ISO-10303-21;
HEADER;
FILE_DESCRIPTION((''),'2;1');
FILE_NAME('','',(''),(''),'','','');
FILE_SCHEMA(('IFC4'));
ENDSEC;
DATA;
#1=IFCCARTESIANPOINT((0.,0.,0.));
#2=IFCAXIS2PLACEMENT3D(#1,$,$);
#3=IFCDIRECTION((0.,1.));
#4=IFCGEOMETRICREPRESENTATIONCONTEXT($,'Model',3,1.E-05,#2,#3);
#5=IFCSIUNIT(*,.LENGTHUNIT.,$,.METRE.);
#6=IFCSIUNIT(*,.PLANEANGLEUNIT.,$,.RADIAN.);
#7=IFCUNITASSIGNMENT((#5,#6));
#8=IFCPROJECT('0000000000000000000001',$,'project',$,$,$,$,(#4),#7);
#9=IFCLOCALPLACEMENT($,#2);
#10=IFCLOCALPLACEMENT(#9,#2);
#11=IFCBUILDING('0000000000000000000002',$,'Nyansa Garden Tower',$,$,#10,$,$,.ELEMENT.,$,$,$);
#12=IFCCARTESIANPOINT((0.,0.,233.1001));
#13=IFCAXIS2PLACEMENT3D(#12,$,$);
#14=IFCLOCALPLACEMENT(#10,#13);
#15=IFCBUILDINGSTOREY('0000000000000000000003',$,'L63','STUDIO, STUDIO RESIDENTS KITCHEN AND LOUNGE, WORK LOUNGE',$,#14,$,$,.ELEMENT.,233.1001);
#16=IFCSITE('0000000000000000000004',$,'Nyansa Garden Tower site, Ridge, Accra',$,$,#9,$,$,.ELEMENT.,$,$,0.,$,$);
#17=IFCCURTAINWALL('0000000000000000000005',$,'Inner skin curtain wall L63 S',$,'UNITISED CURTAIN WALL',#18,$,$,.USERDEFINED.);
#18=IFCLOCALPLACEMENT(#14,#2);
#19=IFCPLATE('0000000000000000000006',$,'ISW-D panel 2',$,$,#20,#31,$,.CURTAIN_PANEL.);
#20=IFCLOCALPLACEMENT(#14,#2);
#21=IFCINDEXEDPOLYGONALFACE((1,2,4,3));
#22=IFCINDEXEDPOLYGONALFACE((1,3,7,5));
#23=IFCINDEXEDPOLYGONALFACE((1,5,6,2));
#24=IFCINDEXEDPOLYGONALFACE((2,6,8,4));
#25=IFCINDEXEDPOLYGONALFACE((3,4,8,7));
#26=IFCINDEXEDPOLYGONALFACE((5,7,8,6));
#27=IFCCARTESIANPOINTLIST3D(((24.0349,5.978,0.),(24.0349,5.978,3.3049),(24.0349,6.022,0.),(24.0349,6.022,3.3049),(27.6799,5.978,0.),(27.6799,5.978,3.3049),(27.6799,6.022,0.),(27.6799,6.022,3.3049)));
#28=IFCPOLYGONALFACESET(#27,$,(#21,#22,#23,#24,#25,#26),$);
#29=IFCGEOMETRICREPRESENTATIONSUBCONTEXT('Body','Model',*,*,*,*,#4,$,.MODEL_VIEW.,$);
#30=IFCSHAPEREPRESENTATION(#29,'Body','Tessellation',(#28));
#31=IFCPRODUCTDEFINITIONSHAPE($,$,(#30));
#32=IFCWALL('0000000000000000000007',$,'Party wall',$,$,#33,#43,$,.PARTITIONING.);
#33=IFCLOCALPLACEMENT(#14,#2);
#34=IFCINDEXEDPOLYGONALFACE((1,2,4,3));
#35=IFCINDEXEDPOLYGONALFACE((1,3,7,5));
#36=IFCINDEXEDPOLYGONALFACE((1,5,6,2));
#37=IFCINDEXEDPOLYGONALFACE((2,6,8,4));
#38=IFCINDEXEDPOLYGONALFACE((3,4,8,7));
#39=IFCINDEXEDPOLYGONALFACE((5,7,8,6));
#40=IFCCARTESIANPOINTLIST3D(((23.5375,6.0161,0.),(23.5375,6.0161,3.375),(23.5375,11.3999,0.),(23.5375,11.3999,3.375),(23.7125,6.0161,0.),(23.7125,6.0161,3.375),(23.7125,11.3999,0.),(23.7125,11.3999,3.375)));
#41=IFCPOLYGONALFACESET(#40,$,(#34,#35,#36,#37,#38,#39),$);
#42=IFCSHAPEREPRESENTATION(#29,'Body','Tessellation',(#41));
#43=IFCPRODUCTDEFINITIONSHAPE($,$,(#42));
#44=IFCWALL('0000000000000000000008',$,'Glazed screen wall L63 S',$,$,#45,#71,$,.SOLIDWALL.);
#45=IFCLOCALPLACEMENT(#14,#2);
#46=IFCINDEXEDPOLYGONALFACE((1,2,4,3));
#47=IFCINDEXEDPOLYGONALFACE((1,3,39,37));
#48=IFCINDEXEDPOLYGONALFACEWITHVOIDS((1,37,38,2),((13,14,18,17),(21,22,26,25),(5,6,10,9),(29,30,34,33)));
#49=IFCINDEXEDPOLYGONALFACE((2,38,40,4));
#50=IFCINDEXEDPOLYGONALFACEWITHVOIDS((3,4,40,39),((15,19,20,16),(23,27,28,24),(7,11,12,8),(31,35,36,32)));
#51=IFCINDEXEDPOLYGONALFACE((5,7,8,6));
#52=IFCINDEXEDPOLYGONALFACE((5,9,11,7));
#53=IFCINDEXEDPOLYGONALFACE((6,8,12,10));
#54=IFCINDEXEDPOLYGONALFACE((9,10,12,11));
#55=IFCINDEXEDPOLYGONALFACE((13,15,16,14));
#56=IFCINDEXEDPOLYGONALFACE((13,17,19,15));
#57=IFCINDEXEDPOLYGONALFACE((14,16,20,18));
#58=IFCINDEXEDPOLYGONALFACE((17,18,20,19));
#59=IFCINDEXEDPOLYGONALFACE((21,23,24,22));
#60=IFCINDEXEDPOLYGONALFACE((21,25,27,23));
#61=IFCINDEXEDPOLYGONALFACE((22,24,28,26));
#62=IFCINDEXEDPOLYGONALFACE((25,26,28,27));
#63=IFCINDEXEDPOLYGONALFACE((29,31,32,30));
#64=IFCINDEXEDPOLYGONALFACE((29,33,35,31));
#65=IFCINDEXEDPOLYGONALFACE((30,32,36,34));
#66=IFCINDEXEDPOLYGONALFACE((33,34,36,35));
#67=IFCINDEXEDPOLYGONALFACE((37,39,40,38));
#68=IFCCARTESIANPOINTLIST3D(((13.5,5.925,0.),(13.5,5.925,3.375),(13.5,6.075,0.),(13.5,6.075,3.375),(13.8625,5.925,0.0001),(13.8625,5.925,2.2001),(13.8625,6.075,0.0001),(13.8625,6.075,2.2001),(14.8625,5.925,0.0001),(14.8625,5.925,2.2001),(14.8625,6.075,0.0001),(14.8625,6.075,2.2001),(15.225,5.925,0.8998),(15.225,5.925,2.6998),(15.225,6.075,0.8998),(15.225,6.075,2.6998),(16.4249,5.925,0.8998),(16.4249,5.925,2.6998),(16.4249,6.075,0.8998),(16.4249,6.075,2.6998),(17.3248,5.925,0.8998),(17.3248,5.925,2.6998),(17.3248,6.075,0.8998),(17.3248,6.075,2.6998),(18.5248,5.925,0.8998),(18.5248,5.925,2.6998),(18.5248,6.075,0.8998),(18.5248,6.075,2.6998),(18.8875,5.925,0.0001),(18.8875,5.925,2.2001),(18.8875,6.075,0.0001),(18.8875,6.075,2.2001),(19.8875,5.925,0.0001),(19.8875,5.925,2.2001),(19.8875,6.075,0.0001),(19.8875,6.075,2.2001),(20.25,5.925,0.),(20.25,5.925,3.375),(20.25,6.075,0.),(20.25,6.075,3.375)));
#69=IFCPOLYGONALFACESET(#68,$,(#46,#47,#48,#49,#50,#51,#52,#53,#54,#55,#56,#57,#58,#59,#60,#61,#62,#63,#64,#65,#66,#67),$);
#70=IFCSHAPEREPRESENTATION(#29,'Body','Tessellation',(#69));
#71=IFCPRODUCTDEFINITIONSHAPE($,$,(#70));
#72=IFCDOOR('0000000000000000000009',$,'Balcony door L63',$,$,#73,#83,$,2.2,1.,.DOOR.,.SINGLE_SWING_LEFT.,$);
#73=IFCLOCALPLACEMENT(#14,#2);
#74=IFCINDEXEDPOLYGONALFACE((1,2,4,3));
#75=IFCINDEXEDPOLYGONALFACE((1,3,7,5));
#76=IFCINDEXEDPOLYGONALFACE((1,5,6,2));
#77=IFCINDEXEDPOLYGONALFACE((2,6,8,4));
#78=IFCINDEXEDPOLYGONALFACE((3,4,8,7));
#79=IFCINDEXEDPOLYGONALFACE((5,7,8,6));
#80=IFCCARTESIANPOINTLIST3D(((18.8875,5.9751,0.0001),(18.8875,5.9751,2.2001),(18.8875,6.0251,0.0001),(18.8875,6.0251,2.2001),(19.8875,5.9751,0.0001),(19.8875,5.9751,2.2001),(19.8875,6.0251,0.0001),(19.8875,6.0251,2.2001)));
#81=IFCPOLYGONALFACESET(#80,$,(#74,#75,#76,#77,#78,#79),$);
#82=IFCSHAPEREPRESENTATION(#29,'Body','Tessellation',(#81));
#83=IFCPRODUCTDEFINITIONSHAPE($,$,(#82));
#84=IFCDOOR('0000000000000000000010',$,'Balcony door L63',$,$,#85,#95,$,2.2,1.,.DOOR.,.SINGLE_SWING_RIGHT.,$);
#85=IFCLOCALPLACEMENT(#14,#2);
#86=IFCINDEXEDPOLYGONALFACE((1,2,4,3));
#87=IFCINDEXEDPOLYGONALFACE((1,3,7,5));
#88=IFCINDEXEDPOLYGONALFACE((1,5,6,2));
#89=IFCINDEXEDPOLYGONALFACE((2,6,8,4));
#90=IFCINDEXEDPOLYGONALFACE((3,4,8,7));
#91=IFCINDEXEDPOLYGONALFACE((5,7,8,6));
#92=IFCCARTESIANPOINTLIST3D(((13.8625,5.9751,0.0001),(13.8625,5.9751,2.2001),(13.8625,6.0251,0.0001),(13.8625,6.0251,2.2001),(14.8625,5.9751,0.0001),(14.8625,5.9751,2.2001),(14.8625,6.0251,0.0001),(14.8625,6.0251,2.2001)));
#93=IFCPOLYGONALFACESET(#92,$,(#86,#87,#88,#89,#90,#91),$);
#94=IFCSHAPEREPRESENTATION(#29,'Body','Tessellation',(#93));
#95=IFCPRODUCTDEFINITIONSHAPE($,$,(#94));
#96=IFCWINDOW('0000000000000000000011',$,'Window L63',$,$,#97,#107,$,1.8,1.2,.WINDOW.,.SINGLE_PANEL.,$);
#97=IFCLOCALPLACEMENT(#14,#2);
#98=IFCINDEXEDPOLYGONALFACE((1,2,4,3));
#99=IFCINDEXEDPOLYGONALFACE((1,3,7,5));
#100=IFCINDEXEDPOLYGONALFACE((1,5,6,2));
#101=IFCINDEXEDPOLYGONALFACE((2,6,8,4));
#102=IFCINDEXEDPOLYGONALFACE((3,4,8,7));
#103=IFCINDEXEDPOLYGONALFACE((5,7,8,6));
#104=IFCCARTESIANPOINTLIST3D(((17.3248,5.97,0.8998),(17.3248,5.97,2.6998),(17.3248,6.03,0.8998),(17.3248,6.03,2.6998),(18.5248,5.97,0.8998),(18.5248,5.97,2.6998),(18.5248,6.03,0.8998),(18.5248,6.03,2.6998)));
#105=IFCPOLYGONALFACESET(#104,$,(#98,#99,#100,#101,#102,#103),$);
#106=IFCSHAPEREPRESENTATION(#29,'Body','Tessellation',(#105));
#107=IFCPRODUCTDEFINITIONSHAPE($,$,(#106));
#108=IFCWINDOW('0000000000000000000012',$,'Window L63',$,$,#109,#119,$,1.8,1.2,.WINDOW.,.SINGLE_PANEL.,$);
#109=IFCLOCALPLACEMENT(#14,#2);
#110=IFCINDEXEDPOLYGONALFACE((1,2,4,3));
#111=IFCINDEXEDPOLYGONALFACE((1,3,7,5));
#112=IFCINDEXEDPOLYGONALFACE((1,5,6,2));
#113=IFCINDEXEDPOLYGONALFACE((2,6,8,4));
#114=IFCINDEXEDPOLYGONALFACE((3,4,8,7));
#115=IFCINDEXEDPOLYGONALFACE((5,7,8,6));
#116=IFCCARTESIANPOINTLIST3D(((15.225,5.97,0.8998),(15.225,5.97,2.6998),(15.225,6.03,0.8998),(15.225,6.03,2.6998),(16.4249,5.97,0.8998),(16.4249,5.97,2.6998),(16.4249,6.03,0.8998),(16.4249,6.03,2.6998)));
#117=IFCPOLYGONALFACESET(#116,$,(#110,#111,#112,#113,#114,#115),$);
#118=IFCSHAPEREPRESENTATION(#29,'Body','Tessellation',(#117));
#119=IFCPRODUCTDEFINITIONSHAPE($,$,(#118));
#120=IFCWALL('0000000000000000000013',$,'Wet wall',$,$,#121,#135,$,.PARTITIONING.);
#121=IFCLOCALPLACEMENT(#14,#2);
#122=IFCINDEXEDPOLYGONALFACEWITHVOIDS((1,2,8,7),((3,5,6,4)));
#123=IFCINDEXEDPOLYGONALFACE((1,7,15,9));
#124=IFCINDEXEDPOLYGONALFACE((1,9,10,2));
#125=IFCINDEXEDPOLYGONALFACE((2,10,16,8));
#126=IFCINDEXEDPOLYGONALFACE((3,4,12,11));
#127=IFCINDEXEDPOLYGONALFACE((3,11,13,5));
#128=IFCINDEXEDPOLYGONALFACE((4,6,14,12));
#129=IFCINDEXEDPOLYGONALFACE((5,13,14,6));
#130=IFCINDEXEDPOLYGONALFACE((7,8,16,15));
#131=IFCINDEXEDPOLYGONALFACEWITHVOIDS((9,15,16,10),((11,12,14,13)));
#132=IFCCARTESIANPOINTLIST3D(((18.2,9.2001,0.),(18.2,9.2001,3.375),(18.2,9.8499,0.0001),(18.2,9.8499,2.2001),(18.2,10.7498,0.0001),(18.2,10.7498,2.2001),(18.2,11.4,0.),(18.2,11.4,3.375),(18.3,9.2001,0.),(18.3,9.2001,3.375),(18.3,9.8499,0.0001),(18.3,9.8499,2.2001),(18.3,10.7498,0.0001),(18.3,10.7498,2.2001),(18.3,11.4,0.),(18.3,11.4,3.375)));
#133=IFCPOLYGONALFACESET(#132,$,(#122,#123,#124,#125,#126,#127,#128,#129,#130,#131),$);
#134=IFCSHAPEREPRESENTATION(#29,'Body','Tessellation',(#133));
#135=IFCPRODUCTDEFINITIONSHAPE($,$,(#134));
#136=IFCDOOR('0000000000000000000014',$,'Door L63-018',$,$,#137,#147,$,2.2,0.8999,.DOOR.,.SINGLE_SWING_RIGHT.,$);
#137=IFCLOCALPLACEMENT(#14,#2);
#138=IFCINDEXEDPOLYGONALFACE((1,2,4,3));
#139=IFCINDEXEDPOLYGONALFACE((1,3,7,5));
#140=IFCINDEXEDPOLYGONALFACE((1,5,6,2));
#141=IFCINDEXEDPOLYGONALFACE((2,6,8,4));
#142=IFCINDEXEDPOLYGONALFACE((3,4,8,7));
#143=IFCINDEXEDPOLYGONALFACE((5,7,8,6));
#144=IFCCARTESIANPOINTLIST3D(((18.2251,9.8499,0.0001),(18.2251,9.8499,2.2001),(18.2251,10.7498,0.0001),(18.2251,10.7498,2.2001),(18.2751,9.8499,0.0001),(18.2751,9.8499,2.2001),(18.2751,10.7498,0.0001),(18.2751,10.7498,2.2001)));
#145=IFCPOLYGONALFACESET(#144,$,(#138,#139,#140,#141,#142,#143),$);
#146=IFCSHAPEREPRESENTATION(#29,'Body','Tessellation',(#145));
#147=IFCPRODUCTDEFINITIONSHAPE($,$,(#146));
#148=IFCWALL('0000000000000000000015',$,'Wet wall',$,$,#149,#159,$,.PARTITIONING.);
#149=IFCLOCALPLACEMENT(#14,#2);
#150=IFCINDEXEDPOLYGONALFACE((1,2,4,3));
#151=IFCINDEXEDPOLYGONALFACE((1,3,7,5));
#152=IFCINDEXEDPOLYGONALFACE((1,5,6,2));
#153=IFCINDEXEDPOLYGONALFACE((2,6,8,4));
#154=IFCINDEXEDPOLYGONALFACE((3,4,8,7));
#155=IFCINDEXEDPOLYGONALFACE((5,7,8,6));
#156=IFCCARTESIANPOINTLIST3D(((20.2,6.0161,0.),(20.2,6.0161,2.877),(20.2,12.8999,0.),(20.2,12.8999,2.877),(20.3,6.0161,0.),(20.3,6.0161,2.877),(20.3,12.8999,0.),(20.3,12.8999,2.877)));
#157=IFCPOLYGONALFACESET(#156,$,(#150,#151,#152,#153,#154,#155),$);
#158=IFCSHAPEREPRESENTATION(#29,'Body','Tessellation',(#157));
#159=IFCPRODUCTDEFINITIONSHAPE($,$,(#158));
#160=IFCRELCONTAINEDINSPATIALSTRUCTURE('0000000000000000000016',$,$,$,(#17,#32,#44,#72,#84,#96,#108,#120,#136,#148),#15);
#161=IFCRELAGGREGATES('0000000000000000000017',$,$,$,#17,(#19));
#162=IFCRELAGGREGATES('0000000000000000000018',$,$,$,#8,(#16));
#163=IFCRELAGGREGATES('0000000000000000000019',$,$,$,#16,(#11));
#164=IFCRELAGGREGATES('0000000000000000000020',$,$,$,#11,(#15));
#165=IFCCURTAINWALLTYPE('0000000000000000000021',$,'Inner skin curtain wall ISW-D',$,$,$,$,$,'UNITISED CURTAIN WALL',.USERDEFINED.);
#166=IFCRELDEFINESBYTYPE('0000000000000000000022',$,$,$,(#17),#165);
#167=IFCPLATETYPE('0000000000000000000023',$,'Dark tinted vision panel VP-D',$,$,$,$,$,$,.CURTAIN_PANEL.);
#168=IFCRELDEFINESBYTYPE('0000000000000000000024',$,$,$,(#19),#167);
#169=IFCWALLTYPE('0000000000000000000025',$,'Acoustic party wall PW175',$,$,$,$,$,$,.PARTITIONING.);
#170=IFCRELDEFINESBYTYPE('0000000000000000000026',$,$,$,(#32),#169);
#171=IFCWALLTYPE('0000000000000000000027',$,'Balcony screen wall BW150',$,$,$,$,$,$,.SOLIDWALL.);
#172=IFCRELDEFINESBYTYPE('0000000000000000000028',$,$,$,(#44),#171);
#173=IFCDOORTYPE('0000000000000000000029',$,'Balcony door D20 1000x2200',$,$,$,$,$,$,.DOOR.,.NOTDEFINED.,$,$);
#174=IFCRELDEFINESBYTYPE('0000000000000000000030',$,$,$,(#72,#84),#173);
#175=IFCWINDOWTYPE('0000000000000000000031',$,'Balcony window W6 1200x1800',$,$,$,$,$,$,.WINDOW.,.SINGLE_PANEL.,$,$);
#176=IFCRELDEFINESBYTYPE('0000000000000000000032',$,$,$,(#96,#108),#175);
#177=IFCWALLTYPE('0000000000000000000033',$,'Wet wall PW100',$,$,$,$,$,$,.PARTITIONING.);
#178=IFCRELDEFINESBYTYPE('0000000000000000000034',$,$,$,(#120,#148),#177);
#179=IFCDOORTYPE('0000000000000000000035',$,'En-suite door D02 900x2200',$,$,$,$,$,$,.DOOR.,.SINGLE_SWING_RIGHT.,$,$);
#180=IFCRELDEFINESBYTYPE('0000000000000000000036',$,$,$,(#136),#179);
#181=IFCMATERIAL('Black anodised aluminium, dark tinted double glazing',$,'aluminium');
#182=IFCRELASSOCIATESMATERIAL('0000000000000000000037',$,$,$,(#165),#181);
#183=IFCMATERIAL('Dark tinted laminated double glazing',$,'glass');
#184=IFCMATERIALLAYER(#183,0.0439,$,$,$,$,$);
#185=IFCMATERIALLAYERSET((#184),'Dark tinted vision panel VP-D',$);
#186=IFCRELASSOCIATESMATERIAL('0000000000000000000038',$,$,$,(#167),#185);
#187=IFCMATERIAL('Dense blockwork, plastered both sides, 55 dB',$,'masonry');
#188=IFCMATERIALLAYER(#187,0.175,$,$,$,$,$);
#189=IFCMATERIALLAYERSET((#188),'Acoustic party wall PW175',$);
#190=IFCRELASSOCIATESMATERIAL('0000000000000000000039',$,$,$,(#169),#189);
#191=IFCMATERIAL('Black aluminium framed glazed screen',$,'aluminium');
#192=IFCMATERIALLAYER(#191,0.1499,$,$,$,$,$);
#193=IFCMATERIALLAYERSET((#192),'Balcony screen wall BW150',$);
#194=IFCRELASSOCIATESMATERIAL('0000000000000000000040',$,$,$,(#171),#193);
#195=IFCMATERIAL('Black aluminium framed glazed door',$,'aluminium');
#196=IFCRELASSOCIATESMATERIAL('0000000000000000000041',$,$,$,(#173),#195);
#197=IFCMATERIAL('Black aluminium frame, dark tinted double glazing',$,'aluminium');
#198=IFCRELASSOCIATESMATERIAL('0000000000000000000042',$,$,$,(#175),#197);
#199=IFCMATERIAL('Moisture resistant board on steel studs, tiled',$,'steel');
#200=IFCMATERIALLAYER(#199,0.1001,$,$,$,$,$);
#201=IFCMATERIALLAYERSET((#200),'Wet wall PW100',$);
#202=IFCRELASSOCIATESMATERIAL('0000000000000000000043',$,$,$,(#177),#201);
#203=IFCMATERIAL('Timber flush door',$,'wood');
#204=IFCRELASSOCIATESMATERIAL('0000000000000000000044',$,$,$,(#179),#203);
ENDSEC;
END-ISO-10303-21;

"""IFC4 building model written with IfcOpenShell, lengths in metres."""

from ifc_helpers import new_model, si_unit, direction, frame, frame_2d, origin, origin_2d, place, context, subcontext, project, spatial, rectangle, extrude, material, layer, layer_set, type_object, element, fill, aggregate, save


model = new_model("IFC4")

# Units and contexts
model_context = context("Model", 3, precision=1e-05, world=origin(), true_north=direction((0.0, 1.0)))
body_context = subcontext(model_context, "Body", "Model", "MODEL_VIEW")
ifc_project = project(units=[si_unit("LENGTHUNIT", "METRE"), si_unit("PLANEANGLEUNIT", "RADIAN")], contexts=[model_context])

# Site, building, storey
site_placement = place(None, origin())
site = spatial("IfcSite", under=ifc_project, at=site_placement, Name="Nyansa Garden Tower site, Ridge, Accra", CompositionType="ELEMENT", RefElevation=0.0)
building_placement = place(site_placement, origin())
building = spatial("IfcBuilding", under=site, at=building_placement, Name="Nyansa Garden Tower", CompositionType="ELEMENT")
storey_placement = place(building_placement, frame((0.0, 0.0, 233.1001)))
storey = spatial("IfcBuildingStorey", under=building, at=storey_placement, Name="L63", Description="STUDIO, STUDIO RESIDENTS KITCHEN AND LOUNGE, WORK LOUNGE", CompositionType="ELEMENT", Elevation=233.1001)

# Curtain wall
ifc_material_1 = material(Name="Black anodised aluminium, dark tinted double glazing", Category="aluminium")
curtain_wall_type = type_object("IfcCurtainWallType", Name="Inner skin curtain wall ISW-D", ElementType="UNITISED CURTAIN WALL", PredefinedType="USERDEFINED", material=ifc_material_1)
curtain_wall_placement = place(storey_placement, origin())
curtain_wall = element("IfcCurtainWall", 1, at=curtain_wall_placement, inside=storey, type_object=curtain_wall_type, Name="Inner skin curtain wall L63 S", ObjectType="UNITISED CURTAIN WALL", PredefinedType="USERDEFINED")

# Plate
ifc_material_2 = material(Name="Dark tinted laminated double glazing", Category="glass")
ifc_layer_1 = layer(ifc_material_2, 0.0439)
ifc_layer_set_1 = layer_set([ifc_layer_1], Name="Dark tinted vision panel VP-D")
plate_type = type_object("IfcPlateType", Name="Dark tinted vision panel VP-D", PredefinedType="CURTAIN_PANEL", material=ifc_layer_set_1)
plate_1_placement = place(storey_placement, frame((25.8574, 6.0, 0.0), z_axis=(0.0, 0.0, 1.0), x_axis=(1.0, 0.0, 0.0)))
plate_1 = element("IfcPlate", 2, at=plate_1_placement, type_object=plate_type, Name="ISW-D panel 2", PredefinedType="CURTAIN_PANEL", context=body_context, shape_type="SweptSolid", body=[
    extrude(rectangle(XDim=3.645, YDim=0.0439, at=origin_2d()), origin(), (0.0, 0.0, 1.0), 3.3049),
])
aggregate(curtain_wall, [plate_1])

# Wall
ifc_material_3 = material(Name="Dense blockwork, plastered both sides, 55 dB", Category="masonry")
ifc_layer_2 = layer(ifc_material_3, 0.175)
ifc_layer_set_2 = layer_set([ifc_layer_2], Name="Acoustic party wall PW175")
wall_type_1 = type_object("IfcWallType", Name="Acoustic party wall PW175", PredefinedType="PARTITIONING", material=ifc_layer_set_2)
wall_1_placement = place(storey_placement, frame((23.625, 6.0161, 0.0), z_axis=(0.0, 0.0, 1.0), x_axis=(0.0, 1.0, 0.0)))
element("IfcWall", 3, at=wall_1_placement, inside=storey, type_object=wall_type_1, Name="Party wall", PredefinedType="PARTITIONING", context=body_context, shape_type="SweptSolid", body=[
    extrude(rectangle(XDim=5.3838, YDim=0.175, at=frame_2d((2.6919, 0.0))), origin(), (0.0, 0.0, 1.0), 3.375),
])

# Wall, openings, doors, windows
ifc_material_4 = material(Name="Black aluminium framed glazed screen", Category="aluminium")
ifc_layer_3 = layer(ifc_material_4, 0.1499)
ifc_layer_set_3 = layer_set([ifc_layer_3], Name="Balcony screen wall BW150")
wall_type_2 = type_object("IfcWallType", Name="Balcony screen wall BW150", PredefinedType="SOLIDWALL", material=ifc_layer_set_3)
wall_2_placement = place(storey_placement, frame((20.25, 6.0, 0.0), z_axis=(0.0, 0.0, 1.0), x_axis=(-1.0, 0.0, 0.0)))
wall_2 = element("IfcWall", 4, at=wall_2_placement, inside=storey, type_object=wall_type_2, Name="Glazed screen wall L63 S", PredefinedType="SOLIDWALL", context=body_context, shape_type="SweptSolid", body=[
    extrude(rectangle(XDim=6.75, YDim=0.1499, at=frame_2d((3.375, 0.0))), origin(), (0.0, 0.0, 1.0), 3.375),
])
opening_1_placement = place(wall_2_placement, frame((0.3625, 0.0, 0.0)))
opening_1 = element("IfcOpeningElement", 5, at=opening_1_placement, cuts=wall_2, PredefinedType="OPENING", context=body_context, shape_type="SweptSolid", body=[
    extrude(rectangle(XDim=1.0, YDim=2.2, at=frame_2d((0.5, 1.1001))), frame((0.0, 0.085, 0.0), z_axis=(0.0, -1.0, 0.0), x_axis=(1.0, 0.0, 0.0)), (0.0, 0.0, 1.0), 0.1699),
])
opening_2_placement = place(wall_2_placement, frame((1.7251, 0.0, 0.8999)))
opening_2 = element("IfcOpeningElement", 6, at=opening_2_placement, cuts=wall_2, PredefinedType="OPENING", context=body_context, shape_type="SweptSolid", body=[
    extrude(rectangle(XDim=1.2, YDim=1.8, at=frame_2d((0.6001, 0.8999))), frame((0.0, 0.085, 0.0), z_axis=(0.0, -1.0, 0.0), x_axis=(1.0, 0.0, 0.0)), (0.0, 0.0, 1.0), 0.1699),
])
opening_3_placement = place(wall_2_placement, frame((5.3875, 0.0, 0.0)))
opening_3 = element("IfcOpeningElement", 7, at=opening_3_placement, cuts=wall_2, PredefinedType="OPENING", context=body_context, shape_type="SweptSolid", body=[
    extrude(rectangle(XDim=1.0, YDim=2.2, at=frame_2d((0.5, 1.1001))), frame((0.0, 0.085, 0.0), z_axis=(0.0, -1.0, 0.0), x_axis=(1.0, 0.0, 0.0)), (0.0, 0.0, 1.0), 0.1699),
])
opening_4_placement = place(wall_2_placement, frame((3.825, 0.0, 0.8999)))
opening_4 = element("IfcOpeningElement", 8, at=opening_4_placement, cuts=wall_2, PredefinedType="OPENING", context=body_context, shape_type="SweptSolid", body=[
    extrude(rectangle(XDim=1.2, YDim=1.8, at=frame_2d((0.6001, 0.8999))), frame((0.0, 0.085, 0.0), z_axis=(0.0, -1.0, 0.0), x_axis=(1.0, 0.0, 0.0)), (0.0, 0.0, 1.0), 0.1699),
])
ifc_material_5 = material(Name="Black aluminium framed glazed door", Category="aluminium")
door_type_1 = type_object("IfcDoorType", Name="Balcony door D20 1000x2200", OperationType="NOTDEFINED", PredefinedType="DOOR", material=ifc_material_5)
door_1_placement = place(opening_1_placement, origin())
door_1 = element("IfcDoor", 9, at=door_1_placement, inside=storey, type_object=door_type_1, Name="Balcony door L63", OperationType="SINGLE_SWING_LEFT", OverallHeight=2.2, OverallWidth=1.0, PredefinedType="DOOR", context=body_context, shape_type="SweptSolid", body=[
    extrude(rectangle(XDim=1.0, YDim=2.2, at=frame_2d((0.5, 1.1001))), frame((0.0, 0.0249, 0.0), z_axis=(0.0, -1.0, 0.0), x_axis=(1.0, 0.0, 0.0)), (0.0, 0.0, 1.0), 0.05),
])
fill(opening_1, door_1)
door_2_placement = place(opening_3_placement, origin())
door_2 = element("IfcDoor", 10, at=door_2_placement, inside=storey, type_object=door_type_1, Name="Balcony door L63", OperationType="SINGLE_SWING_RIGHT", OverallHeight=2.2, OverallWidth=1.0, PredefinedType="DOOR", context=body_context, shape_type="SweptSolid", body=[
    extrude(rectangle(XDim=1.0, YDim=2.2, at=frame_2d((0.5, 1.1001))), frame((0.0, 0.0249, 0.0), z_axis=(0.0, -1.0, 0.0), x_axis=(1.0, 0.0, 0.0)), (0.0, 0.0, 1.0), 0.05),
])
fill(opening_3, door_2)
ifc_material_6 = material(Name="Black aluminium frame, dark tinted double glazing", Category="aluminium")
window_type = type_object("IfcWindowType", Name="Balcony window W6 1200x1800", PartitioningType="SINGLE_PANEL", PredefinedType="WINDOW", material=ifc_material_6)
window_1_placement = place(opening_2_placement, origin())
window_1 = element("IfcWindow", 11, at=window_1_placement, inside=storey, type_object=window_type, Name="Window L63", OverallHeight=1.8, OverallWidth=1.2, PartitioningType="SINGLE_PANEL", PredefinedType="WINDOW", context=body_context, shape_type="SweptSolid", body=[
    extrude(rectangle(XDim=1.2, YDim=1.8, at=frame_2d((0.6001, 0.8999))), frame((0.0, 0.03, 0.0), z_axis=(0.0, -1.0, 0.0), x_axis=(1.0, 0.0, 0.0)), (0.0, 0.0, 1.0), 0.0601),
])
fill(opening_2, window_1)
window_2_placement = place(opening_4_placement, origin())
window_2 = element("IfcWindow", 12, at=window_2_placement, inside=storey, type_object=window_type, Name="Window L63", OverallHeight=1.8, OverallWidth=1.2, PartitioningType="SINGLE_PANEL", PredefinedType="WINDOW", context=body_context, shape_type="SweptSolid", body=[
    extrude(rectangle(XDim=1.2, YDim=1.8, at=frame_2d((0.6001, 0.8999))), frame((0.0, 0.03, 0.0), z_axis=(0.0, -1.0, 0.0), x_axis=(1.0, 0.0, 0.0)), (0.0, 0.0, 1.0), 0.0601),
])
fill(opening_4, window_2)

# Wall, opening, door
ifc_material_7 = material(Name="Moisture resistant board on steel studs, tiled", Category="steel")
ifc_layer_4 = layer(ifc_material_7, 0.1001)
ifc_layer_set_4 = layer_set([ifc_layer_4], Name="Wet wall PW100")
wall_type_3 = type_object("IfcWallType", Name="Wet wall PW100", PredefinedType="PARTITIONING", material=ifc_layer_set_4)
wall_3_placement = place(storey_placement, frame((18.25, 9.2, 0.0), z_axis=(0.0, 0.0, 1.0), x_axis=(0.0, 1.0, 0.0)))
wall_3 = element("IfcWall", 13, at=wall_3_placement, inside=storey, type_object=wall_type_3, Name="Wet wall", PredefinedType="PARTITIONING", context=body_context, shape_type="SweptSolid", body=[
    extrude(rectangle(XDim=2.2, YDim=0.1001, at=frame_2d((1.1001, 0.0))), origin(), (0.0, 0.0, 1.0), 3.375),
])
opening_5_placement = place(wall_3_placement, frame((0.6499, 0.0, 0.0)))
opening_5 = element("IfcOpeningElement", 14, at=opening_5_placement, cuts=wall_3, PredefinedType="OPENING", context=body_context, shape_type="SweptSolid", body=[
    extrude(rectangle(XDim=0.8999, YDim=2.2, at=frame_2d((0.45, 1.1001))), frame((0.0, 0.0601, 0.0), z_axis=(0.0, -1.0, 0.0), x_axis=(1.0, 0.0, 0.0)), (0.0, 0.0, 1.0), 0.1201),
])
ifc_material_8 = material(Name="Timber flush door", Category="wood")
door_type_2 = type_object("IfcDoorType", Name="En-suite door D02 900x2200", OperationType="SINGLE_SWING_RIGHT", PredefinedType="DOOR", material=ifc_material_8)
door_3_placement = place(opening_5_placement, origin())
door_3 = element("IfcDoor", 15, at=door_3_placement, inside=storey, type_object=door_type_2, Name="Door L63-018", OperationType="SINGLE_SWING_RIGHT", OverallHeight=2.2, OverallWidth=0.8999, PredefinedType="DOOR", context=body_context, shape_type="SweptSolid", body=[
    extrude(rectangle(XDim=0.8999, YDim=2.2, at=frame_2d((0.45, 1.1001))), frame((0.0, 0.0249, 0.0), z_axis=(0.0, -1.0, 0.0), x_axis=(1.0, 0.0, 0.0)), (0.0, 0.0, 1.0), 0.05),
])
fill(opening_5, door_3)

# Wall
wall_4_placement = place(storey_placement, frame((20.25, 6.0161, 0.0), z_axis=(0.0, 0.0, 1.0), x_axis=(0.0, 1.0, 0.0)))
element("IfcWall", 16, at=wall_4_placement, inside=storey, type_object=wall_type_3, Name="Wet wall", PredefinedType="PARTITIONING", context=body_context, shape_type="SweptSolid", body=[
    extrude(rectangle(XDim=6.8838, YDim=0.1001, at=frame_2d((3.4419, 0.0))), origin(), (0.0, 0.0, 1.0), 2.877),
])

save(model, "model.ifc")
